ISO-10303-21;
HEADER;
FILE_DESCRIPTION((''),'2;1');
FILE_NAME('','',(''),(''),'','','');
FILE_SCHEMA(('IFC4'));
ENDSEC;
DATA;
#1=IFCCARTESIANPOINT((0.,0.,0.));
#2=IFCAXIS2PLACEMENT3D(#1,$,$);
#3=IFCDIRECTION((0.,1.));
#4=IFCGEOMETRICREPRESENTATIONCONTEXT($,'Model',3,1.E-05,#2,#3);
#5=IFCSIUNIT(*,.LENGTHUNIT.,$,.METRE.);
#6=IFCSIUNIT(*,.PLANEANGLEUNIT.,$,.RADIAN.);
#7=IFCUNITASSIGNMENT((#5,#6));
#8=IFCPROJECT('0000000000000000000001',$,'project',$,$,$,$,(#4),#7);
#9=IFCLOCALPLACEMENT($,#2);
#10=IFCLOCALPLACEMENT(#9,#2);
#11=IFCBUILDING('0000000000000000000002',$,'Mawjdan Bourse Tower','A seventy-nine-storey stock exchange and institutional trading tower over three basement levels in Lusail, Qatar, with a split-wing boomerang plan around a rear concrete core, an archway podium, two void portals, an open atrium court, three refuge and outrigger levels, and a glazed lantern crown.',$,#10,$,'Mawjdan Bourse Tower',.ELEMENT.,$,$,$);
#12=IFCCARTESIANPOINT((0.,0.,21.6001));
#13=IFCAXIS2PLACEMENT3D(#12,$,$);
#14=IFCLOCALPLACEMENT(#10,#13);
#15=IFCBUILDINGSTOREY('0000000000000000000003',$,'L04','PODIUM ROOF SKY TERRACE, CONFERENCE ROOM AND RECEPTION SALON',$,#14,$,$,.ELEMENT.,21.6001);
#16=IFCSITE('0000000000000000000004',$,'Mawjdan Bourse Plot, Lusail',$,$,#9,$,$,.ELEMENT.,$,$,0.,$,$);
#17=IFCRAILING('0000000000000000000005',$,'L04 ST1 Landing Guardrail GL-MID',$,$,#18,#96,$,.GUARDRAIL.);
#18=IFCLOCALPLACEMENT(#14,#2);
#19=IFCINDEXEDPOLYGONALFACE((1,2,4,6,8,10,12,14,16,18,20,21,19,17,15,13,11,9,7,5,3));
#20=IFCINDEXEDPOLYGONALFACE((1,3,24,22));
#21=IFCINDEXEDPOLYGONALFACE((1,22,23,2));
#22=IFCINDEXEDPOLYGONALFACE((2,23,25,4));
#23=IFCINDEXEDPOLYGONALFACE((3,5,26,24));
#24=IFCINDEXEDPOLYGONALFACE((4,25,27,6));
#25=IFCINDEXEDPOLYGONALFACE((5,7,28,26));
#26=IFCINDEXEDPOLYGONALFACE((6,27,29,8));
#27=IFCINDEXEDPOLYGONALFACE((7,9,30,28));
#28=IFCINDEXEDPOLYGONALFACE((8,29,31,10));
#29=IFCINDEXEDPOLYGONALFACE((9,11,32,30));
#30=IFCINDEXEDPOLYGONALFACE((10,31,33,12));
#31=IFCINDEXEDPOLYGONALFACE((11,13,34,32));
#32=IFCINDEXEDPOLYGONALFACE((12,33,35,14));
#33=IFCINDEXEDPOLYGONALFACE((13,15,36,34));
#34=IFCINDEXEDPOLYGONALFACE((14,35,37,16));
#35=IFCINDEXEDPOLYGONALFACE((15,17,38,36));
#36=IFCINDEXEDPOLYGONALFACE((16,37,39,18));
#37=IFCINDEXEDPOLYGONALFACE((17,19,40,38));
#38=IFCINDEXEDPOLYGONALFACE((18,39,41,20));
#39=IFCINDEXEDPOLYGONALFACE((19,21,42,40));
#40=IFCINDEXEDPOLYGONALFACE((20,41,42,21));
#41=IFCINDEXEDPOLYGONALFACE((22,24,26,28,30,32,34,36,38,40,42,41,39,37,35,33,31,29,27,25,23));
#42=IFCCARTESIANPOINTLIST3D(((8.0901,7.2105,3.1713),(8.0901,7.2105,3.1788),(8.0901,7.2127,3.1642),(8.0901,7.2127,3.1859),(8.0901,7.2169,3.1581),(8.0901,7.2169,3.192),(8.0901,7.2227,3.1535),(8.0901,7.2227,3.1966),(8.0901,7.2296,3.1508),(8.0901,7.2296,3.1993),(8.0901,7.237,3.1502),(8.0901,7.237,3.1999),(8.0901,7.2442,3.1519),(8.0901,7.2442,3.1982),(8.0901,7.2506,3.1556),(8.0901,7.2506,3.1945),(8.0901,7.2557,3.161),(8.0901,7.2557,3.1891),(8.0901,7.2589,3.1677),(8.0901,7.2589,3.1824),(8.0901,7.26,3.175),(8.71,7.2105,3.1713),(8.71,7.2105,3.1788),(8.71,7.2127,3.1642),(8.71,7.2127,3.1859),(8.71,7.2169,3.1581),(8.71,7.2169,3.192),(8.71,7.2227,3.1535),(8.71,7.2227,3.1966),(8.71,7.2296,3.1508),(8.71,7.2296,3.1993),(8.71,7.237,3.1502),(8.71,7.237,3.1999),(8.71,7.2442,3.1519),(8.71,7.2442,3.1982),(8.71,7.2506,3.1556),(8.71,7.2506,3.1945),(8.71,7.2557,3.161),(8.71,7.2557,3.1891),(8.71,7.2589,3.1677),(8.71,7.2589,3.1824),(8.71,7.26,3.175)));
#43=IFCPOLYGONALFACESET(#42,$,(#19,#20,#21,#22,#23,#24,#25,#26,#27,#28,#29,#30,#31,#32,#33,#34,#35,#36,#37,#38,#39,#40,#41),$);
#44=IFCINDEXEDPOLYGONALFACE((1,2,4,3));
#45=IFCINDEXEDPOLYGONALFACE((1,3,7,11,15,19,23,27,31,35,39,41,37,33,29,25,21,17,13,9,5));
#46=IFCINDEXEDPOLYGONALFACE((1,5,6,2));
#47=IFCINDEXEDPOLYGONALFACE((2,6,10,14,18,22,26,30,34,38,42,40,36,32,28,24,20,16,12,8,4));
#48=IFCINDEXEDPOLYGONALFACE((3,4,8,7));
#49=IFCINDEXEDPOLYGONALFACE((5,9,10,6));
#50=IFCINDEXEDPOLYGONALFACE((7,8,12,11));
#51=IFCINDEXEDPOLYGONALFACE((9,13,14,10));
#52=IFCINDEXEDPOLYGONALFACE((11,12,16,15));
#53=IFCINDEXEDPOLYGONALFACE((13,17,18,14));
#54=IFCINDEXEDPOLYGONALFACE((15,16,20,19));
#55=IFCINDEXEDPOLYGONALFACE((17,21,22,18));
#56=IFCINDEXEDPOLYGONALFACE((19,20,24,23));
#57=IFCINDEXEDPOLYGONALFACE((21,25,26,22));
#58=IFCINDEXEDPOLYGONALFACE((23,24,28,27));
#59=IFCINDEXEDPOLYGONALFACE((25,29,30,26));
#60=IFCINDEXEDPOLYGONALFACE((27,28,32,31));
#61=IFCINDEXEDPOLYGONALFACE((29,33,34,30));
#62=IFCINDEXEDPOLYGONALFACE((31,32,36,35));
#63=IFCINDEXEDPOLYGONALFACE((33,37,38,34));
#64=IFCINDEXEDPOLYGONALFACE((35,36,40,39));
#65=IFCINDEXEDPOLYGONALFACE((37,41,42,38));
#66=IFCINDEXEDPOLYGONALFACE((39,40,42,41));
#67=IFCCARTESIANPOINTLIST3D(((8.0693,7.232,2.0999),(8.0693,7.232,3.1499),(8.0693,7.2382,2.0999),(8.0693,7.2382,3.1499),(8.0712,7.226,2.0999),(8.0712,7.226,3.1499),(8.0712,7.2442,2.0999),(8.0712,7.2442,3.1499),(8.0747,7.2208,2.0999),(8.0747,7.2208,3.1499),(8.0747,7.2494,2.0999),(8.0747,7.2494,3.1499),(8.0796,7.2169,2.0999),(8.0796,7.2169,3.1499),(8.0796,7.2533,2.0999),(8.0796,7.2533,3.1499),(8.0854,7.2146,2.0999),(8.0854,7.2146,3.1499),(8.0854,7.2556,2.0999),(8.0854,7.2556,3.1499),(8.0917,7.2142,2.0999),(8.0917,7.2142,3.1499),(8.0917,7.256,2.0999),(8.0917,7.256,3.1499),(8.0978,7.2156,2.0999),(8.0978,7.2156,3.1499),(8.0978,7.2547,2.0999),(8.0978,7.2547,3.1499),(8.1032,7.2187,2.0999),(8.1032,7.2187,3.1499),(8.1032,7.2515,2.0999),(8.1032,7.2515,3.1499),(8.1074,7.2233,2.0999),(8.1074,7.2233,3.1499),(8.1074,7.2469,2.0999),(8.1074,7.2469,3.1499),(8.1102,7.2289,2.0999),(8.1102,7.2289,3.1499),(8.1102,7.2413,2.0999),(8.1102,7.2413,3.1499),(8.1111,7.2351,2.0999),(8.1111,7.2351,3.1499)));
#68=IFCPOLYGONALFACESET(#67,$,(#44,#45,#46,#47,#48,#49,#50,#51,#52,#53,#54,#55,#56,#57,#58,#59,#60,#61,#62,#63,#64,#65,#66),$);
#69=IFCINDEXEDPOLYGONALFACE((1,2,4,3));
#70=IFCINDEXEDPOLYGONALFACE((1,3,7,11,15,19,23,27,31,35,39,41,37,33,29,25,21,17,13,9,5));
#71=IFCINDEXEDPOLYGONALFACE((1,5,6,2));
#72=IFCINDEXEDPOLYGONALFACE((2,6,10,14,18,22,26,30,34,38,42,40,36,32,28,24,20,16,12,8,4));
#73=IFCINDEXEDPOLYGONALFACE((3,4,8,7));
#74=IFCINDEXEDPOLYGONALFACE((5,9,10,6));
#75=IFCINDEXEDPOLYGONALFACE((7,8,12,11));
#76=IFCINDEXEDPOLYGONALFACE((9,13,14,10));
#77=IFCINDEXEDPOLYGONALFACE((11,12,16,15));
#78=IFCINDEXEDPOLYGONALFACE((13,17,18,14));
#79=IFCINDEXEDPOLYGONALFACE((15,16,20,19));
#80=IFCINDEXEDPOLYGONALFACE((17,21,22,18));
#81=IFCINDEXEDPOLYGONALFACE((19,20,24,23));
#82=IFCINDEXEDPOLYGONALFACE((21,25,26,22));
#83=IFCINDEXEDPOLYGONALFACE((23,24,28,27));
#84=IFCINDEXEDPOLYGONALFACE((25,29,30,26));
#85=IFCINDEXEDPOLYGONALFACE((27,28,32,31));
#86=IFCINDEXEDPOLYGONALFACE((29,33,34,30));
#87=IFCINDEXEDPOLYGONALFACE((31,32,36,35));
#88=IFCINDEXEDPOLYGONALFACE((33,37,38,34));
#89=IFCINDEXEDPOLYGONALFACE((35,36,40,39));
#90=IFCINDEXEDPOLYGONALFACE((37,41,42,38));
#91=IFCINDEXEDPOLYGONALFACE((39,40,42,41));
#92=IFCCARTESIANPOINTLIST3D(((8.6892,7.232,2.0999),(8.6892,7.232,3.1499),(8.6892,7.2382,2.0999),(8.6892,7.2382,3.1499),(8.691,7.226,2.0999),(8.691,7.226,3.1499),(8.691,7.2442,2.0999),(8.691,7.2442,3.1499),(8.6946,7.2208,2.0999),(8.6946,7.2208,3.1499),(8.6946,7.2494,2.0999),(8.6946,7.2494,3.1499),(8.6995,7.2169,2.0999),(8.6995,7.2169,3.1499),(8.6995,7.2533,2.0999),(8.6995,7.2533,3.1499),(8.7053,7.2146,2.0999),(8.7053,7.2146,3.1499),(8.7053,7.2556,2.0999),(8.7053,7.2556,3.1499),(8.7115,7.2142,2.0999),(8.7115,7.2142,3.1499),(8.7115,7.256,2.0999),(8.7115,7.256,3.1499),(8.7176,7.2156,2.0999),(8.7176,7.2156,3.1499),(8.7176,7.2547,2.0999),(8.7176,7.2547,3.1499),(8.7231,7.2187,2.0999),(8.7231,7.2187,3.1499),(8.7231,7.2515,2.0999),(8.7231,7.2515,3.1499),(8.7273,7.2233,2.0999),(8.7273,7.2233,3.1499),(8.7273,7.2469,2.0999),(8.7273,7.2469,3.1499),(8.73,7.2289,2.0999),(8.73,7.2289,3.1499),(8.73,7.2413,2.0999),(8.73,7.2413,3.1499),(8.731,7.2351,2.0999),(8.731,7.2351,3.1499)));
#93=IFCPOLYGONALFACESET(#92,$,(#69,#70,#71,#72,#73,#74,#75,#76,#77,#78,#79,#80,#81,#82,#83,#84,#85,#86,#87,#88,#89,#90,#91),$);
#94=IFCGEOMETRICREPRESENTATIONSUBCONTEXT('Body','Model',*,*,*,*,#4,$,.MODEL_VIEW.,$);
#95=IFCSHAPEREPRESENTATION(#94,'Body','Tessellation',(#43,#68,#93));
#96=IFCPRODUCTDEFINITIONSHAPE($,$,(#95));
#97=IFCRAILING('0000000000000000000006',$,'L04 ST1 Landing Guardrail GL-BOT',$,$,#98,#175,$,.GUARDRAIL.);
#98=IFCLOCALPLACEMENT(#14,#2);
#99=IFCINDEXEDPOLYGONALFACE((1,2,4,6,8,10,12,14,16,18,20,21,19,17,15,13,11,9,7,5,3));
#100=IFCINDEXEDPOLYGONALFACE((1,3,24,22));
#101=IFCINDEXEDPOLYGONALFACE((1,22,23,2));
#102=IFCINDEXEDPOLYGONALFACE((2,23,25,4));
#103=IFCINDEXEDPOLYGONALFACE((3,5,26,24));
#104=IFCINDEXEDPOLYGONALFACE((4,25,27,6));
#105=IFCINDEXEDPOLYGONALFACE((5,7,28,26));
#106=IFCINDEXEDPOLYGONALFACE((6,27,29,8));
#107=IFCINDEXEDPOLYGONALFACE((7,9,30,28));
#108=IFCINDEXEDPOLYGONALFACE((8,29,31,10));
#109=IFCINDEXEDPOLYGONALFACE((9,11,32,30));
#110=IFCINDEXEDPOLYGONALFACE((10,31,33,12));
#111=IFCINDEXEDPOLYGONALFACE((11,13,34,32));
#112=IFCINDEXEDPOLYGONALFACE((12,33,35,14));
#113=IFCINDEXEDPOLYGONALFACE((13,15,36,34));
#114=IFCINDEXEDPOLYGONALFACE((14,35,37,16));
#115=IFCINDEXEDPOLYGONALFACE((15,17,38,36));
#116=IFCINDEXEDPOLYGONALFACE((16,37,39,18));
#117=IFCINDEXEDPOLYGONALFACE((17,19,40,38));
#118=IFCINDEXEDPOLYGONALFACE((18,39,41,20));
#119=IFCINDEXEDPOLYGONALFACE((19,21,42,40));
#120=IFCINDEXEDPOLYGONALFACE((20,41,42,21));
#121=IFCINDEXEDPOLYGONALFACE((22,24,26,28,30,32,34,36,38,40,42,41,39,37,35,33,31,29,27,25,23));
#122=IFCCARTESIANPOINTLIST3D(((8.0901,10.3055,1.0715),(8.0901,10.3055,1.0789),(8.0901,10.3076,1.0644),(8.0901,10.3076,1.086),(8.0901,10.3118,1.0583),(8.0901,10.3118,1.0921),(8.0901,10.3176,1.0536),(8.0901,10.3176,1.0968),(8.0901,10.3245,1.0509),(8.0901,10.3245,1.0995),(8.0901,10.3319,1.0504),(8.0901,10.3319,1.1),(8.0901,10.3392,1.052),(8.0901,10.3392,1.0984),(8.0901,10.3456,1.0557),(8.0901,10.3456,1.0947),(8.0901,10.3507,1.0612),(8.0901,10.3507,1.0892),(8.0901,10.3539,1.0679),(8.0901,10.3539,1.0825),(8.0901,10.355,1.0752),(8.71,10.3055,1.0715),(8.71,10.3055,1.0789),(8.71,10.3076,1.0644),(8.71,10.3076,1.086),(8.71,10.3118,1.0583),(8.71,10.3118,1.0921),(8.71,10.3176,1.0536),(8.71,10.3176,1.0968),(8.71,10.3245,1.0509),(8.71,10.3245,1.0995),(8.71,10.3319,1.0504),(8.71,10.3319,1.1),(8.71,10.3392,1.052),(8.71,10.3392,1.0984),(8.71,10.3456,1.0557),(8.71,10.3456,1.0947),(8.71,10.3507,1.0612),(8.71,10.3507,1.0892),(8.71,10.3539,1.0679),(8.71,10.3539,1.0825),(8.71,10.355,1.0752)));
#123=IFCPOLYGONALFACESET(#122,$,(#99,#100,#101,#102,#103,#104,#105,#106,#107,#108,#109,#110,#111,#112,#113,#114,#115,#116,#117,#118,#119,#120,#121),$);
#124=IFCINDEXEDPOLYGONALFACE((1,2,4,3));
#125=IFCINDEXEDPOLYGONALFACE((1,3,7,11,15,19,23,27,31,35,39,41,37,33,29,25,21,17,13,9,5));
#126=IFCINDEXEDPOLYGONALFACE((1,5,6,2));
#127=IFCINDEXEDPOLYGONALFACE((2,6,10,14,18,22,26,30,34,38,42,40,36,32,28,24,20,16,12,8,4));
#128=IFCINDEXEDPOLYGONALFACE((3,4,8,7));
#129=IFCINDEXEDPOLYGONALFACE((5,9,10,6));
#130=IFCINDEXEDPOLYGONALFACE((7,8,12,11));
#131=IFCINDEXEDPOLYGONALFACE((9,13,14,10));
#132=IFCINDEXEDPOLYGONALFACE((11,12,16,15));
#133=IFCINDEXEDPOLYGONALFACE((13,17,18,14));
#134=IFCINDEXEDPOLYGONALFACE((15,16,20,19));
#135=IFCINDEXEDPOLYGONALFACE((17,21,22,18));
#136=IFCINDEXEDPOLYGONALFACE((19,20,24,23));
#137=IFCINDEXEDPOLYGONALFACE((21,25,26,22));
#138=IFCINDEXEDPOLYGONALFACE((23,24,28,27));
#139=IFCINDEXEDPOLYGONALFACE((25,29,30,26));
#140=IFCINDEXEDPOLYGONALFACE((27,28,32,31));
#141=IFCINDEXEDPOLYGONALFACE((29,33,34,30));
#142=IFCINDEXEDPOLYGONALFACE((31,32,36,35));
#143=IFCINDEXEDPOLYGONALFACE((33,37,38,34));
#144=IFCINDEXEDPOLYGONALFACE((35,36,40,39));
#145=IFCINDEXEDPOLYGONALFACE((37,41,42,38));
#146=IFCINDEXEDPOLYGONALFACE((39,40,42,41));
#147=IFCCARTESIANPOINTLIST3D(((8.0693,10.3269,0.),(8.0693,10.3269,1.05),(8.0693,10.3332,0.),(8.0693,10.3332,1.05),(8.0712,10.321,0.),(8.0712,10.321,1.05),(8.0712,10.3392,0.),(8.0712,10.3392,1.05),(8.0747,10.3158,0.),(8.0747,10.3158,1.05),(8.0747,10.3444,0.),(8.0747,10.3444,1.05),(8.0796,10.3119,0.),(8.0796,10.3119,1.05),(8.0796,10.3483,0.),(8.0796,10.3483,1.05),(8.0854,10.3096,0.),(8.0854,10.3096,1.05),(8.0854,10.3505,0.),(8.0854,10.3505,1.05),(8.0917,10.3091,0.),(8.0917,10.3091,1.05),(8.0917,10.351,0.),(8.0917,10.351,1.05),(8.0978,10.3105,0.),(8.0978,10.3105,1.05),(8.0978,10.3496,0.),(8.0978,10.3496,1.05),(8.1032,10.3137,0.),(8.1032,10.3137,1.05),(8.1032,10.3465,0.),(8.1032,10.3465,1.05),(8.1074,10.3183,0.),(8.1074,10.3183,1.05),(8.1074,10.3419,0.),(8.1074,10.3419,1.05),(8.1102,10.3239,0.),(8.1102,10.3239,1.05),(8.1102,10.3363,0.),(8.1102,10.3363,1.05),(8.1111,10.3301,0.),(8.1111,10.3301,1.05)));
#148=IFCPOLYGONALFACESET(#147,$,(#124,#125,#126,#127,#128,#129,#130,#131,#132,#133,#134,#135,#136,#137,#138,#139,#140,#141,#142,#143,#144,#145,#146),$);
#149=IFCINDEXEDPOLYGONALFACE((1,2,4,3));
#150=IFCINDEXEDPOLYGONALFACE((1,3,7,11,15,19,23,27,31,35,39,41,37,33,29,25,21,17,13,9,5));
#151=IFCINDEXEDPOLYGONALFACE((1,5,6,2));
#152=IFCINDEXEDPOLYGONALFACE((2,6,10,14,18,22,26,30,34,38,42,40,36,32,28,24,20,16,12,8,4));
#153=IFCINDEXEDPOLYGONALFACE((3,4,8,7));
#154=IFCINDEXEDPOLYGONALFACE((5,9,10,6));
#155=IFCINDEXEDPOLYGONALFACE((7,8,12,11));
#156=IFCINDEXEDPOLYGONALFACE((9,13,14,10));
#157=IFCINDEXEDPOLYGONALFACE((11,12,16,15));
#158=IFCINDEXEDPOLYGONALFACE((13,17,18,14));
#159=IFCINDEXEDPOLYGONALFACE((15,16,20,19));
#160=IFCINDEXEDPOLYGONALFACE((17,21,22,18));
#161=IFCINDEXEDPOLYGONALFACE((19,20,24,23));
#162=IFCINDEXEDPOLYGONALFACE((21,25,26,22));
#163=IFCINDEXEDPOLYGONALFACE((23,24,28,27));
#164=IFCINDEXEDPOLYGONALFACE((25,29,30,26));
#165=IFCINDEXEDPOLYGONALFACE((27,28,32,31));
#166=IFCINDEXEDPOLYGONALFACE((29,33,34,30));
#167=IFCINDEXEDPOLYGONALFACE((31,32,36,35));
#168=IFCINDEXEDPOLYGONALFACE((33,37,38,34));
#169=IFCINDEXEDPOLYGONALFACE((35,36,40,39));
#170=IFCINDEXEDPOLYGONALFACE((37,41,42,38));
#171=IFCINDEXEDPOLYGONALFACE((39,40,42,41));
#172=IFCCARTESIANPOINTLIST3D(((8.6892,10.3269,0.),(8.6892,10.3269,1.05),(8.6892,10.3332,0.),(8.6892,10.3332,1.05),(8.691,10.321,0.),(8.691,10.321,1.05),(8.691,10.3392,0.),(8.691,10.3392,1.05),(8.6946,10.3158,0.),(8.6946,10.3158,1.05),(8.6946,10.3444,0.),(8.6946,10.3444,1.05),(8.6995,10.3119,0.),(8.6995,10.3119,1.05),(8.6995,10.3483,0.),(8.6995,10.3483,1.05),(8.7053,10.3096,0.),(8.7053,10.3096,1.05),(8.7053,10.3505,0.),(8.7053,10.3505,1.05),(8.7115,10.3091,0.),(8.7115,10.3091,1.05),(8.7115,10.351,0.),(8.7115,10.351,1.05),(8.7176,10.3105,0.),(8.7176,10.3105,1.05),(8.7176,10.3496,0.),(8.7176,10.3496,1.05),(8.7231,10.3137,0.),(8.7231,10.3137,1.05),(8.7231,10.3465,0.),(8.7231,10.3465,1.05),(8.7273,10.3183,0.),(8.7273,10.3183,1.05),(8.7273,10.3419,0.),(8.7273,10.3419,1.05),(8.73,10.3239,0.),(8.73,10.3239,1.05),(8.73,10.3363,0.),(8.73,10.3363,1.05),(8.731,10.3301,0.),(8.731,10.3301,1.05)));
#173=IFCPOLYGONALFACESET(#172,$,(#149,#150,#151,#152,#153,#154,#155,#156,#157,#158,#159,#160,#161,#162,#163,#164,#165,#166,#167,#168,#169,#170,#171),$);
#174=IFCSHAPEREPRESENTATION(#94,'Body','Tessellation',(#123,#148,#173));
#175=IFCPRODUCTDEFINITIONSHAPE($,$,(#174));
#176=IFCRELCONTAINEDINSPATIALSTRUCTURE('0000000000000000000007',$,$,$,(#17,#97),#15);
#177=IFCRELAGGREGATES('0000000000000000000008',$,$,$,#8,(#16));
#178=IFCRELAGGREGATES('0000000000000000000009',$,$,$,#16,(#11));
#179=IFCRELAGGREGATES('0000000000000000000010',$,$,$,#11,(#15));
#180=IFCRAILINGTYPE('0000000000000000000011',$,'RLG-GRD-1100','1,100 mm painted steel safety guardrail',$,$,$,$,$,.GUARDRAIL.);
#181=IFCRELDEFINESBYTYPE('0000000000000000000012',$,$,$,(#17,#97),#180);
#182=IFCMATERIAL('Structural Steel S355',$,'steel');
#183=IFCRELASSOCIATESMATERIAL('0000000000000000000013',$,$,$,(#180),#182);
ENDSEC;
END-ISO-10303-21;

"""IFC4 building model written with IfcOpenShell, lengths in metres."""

from ifc_helpers import new_model, si_unit, direction, frame, origin, origin_2d, place, context, subcontext, project, spatial, circle, extrude, material, type_object, element, save


model = new_model("IFC4")

# Units and contexts
model_context = context("Model", 3, precision=1e-05, world=origin(), true_north=direction((0.0, 1.0)))
body_context = subcontext(model_context, "Body", "Model", "MODEL_VIEW")
ifc_project = project(units=[si_unit("LENGTHUNIT", "METRE"), si_unit("PLANEANGLEUNIT", "RADIAN")], contexts=[model_context])

# Site, building, storey
site_placement = place(None, origin())
site = spatial("IfcSite", under=ifc_project, at=site_placement, Name="Mawjdan Bourse Plot, Lusail", CompositionType="ELEMENT", RefElevation=0.0)
building_placement = place(site_placement, origin())
building = spatial("IfcBuilding", under=site, at=building_placement, Name="Mawjdan Bourse Tower", Description="A seventy-nine-storey stock exchange and institutional trading tower over three basement levels in Lusail, Qatar, with a split-wing boomerang plan around a rear concrete core, an archway podium, two void portals, an open atrium court, three refuge and outrigger levels, and a glazed lantern crown.", LongName="Mawjdan Bourse Tower", CompositionType="ELEMENT")
storey_placement = place(building_placement, frame((0.0, 0.0, 21.6001)))
storey = spatial("IfcBuildingStorey", under=building, at=storey_placement, Name="L04", Description="PODIUM ROOF SKY TERRACE, CONFERENCE ROOM AND RECEPTION SALON", CompositionType="ELEMENT", Elevation=21.6001)

# Shared definitions
ifc_material_1 = material(Name="Structural Steel S355", Category="steel")

# Railings
railing_type_1 = type_object("IfcRailingType", Name="RLG-GRD-1100", Description="1,100 mm painted steel safety guardrail", PredefinedType="GUARDRAIL", material=ifc_material_1)
for number, where, name in (
    (1, (8.0901, 7.2351, 2.0999), "L04 ST1 Landing Guardrail GL-MID"),
    (2, (8.0901, 10.3301, 0.0), "L04 ST1 Landing Guardrail GL-BOT"),
):
    element("IfcRailing", number, at=place(storey_placement, frame(where)), inside=storey, type_object=railing_type_1, Name=name, PredefinedType="GUARDRAIL", context=body_context, shape_type="SweptSolid", body=[
        extrude(circle(Radius=0.0249, at=origin_2d()), frame((0.0, 0.0, 1.0752), z_axis=(1.0, 0.0, 0.0), x_axis=(0.0, 1.0, 0.0)), (0.0, 0.0, 1.0), 0.6199),
        extrude(circle(Radius=0.021, at=origin_2d()), origin(), (0.0, 0.0, 1.0), 1.05),
        extrude(circle(Radius=0.021, at=origin_2d()), frame((0.6199, 0.0, 0.0)), (0.0, 0.0, 1.0), 1.05),
    ])

save(model, "model.ifc")
